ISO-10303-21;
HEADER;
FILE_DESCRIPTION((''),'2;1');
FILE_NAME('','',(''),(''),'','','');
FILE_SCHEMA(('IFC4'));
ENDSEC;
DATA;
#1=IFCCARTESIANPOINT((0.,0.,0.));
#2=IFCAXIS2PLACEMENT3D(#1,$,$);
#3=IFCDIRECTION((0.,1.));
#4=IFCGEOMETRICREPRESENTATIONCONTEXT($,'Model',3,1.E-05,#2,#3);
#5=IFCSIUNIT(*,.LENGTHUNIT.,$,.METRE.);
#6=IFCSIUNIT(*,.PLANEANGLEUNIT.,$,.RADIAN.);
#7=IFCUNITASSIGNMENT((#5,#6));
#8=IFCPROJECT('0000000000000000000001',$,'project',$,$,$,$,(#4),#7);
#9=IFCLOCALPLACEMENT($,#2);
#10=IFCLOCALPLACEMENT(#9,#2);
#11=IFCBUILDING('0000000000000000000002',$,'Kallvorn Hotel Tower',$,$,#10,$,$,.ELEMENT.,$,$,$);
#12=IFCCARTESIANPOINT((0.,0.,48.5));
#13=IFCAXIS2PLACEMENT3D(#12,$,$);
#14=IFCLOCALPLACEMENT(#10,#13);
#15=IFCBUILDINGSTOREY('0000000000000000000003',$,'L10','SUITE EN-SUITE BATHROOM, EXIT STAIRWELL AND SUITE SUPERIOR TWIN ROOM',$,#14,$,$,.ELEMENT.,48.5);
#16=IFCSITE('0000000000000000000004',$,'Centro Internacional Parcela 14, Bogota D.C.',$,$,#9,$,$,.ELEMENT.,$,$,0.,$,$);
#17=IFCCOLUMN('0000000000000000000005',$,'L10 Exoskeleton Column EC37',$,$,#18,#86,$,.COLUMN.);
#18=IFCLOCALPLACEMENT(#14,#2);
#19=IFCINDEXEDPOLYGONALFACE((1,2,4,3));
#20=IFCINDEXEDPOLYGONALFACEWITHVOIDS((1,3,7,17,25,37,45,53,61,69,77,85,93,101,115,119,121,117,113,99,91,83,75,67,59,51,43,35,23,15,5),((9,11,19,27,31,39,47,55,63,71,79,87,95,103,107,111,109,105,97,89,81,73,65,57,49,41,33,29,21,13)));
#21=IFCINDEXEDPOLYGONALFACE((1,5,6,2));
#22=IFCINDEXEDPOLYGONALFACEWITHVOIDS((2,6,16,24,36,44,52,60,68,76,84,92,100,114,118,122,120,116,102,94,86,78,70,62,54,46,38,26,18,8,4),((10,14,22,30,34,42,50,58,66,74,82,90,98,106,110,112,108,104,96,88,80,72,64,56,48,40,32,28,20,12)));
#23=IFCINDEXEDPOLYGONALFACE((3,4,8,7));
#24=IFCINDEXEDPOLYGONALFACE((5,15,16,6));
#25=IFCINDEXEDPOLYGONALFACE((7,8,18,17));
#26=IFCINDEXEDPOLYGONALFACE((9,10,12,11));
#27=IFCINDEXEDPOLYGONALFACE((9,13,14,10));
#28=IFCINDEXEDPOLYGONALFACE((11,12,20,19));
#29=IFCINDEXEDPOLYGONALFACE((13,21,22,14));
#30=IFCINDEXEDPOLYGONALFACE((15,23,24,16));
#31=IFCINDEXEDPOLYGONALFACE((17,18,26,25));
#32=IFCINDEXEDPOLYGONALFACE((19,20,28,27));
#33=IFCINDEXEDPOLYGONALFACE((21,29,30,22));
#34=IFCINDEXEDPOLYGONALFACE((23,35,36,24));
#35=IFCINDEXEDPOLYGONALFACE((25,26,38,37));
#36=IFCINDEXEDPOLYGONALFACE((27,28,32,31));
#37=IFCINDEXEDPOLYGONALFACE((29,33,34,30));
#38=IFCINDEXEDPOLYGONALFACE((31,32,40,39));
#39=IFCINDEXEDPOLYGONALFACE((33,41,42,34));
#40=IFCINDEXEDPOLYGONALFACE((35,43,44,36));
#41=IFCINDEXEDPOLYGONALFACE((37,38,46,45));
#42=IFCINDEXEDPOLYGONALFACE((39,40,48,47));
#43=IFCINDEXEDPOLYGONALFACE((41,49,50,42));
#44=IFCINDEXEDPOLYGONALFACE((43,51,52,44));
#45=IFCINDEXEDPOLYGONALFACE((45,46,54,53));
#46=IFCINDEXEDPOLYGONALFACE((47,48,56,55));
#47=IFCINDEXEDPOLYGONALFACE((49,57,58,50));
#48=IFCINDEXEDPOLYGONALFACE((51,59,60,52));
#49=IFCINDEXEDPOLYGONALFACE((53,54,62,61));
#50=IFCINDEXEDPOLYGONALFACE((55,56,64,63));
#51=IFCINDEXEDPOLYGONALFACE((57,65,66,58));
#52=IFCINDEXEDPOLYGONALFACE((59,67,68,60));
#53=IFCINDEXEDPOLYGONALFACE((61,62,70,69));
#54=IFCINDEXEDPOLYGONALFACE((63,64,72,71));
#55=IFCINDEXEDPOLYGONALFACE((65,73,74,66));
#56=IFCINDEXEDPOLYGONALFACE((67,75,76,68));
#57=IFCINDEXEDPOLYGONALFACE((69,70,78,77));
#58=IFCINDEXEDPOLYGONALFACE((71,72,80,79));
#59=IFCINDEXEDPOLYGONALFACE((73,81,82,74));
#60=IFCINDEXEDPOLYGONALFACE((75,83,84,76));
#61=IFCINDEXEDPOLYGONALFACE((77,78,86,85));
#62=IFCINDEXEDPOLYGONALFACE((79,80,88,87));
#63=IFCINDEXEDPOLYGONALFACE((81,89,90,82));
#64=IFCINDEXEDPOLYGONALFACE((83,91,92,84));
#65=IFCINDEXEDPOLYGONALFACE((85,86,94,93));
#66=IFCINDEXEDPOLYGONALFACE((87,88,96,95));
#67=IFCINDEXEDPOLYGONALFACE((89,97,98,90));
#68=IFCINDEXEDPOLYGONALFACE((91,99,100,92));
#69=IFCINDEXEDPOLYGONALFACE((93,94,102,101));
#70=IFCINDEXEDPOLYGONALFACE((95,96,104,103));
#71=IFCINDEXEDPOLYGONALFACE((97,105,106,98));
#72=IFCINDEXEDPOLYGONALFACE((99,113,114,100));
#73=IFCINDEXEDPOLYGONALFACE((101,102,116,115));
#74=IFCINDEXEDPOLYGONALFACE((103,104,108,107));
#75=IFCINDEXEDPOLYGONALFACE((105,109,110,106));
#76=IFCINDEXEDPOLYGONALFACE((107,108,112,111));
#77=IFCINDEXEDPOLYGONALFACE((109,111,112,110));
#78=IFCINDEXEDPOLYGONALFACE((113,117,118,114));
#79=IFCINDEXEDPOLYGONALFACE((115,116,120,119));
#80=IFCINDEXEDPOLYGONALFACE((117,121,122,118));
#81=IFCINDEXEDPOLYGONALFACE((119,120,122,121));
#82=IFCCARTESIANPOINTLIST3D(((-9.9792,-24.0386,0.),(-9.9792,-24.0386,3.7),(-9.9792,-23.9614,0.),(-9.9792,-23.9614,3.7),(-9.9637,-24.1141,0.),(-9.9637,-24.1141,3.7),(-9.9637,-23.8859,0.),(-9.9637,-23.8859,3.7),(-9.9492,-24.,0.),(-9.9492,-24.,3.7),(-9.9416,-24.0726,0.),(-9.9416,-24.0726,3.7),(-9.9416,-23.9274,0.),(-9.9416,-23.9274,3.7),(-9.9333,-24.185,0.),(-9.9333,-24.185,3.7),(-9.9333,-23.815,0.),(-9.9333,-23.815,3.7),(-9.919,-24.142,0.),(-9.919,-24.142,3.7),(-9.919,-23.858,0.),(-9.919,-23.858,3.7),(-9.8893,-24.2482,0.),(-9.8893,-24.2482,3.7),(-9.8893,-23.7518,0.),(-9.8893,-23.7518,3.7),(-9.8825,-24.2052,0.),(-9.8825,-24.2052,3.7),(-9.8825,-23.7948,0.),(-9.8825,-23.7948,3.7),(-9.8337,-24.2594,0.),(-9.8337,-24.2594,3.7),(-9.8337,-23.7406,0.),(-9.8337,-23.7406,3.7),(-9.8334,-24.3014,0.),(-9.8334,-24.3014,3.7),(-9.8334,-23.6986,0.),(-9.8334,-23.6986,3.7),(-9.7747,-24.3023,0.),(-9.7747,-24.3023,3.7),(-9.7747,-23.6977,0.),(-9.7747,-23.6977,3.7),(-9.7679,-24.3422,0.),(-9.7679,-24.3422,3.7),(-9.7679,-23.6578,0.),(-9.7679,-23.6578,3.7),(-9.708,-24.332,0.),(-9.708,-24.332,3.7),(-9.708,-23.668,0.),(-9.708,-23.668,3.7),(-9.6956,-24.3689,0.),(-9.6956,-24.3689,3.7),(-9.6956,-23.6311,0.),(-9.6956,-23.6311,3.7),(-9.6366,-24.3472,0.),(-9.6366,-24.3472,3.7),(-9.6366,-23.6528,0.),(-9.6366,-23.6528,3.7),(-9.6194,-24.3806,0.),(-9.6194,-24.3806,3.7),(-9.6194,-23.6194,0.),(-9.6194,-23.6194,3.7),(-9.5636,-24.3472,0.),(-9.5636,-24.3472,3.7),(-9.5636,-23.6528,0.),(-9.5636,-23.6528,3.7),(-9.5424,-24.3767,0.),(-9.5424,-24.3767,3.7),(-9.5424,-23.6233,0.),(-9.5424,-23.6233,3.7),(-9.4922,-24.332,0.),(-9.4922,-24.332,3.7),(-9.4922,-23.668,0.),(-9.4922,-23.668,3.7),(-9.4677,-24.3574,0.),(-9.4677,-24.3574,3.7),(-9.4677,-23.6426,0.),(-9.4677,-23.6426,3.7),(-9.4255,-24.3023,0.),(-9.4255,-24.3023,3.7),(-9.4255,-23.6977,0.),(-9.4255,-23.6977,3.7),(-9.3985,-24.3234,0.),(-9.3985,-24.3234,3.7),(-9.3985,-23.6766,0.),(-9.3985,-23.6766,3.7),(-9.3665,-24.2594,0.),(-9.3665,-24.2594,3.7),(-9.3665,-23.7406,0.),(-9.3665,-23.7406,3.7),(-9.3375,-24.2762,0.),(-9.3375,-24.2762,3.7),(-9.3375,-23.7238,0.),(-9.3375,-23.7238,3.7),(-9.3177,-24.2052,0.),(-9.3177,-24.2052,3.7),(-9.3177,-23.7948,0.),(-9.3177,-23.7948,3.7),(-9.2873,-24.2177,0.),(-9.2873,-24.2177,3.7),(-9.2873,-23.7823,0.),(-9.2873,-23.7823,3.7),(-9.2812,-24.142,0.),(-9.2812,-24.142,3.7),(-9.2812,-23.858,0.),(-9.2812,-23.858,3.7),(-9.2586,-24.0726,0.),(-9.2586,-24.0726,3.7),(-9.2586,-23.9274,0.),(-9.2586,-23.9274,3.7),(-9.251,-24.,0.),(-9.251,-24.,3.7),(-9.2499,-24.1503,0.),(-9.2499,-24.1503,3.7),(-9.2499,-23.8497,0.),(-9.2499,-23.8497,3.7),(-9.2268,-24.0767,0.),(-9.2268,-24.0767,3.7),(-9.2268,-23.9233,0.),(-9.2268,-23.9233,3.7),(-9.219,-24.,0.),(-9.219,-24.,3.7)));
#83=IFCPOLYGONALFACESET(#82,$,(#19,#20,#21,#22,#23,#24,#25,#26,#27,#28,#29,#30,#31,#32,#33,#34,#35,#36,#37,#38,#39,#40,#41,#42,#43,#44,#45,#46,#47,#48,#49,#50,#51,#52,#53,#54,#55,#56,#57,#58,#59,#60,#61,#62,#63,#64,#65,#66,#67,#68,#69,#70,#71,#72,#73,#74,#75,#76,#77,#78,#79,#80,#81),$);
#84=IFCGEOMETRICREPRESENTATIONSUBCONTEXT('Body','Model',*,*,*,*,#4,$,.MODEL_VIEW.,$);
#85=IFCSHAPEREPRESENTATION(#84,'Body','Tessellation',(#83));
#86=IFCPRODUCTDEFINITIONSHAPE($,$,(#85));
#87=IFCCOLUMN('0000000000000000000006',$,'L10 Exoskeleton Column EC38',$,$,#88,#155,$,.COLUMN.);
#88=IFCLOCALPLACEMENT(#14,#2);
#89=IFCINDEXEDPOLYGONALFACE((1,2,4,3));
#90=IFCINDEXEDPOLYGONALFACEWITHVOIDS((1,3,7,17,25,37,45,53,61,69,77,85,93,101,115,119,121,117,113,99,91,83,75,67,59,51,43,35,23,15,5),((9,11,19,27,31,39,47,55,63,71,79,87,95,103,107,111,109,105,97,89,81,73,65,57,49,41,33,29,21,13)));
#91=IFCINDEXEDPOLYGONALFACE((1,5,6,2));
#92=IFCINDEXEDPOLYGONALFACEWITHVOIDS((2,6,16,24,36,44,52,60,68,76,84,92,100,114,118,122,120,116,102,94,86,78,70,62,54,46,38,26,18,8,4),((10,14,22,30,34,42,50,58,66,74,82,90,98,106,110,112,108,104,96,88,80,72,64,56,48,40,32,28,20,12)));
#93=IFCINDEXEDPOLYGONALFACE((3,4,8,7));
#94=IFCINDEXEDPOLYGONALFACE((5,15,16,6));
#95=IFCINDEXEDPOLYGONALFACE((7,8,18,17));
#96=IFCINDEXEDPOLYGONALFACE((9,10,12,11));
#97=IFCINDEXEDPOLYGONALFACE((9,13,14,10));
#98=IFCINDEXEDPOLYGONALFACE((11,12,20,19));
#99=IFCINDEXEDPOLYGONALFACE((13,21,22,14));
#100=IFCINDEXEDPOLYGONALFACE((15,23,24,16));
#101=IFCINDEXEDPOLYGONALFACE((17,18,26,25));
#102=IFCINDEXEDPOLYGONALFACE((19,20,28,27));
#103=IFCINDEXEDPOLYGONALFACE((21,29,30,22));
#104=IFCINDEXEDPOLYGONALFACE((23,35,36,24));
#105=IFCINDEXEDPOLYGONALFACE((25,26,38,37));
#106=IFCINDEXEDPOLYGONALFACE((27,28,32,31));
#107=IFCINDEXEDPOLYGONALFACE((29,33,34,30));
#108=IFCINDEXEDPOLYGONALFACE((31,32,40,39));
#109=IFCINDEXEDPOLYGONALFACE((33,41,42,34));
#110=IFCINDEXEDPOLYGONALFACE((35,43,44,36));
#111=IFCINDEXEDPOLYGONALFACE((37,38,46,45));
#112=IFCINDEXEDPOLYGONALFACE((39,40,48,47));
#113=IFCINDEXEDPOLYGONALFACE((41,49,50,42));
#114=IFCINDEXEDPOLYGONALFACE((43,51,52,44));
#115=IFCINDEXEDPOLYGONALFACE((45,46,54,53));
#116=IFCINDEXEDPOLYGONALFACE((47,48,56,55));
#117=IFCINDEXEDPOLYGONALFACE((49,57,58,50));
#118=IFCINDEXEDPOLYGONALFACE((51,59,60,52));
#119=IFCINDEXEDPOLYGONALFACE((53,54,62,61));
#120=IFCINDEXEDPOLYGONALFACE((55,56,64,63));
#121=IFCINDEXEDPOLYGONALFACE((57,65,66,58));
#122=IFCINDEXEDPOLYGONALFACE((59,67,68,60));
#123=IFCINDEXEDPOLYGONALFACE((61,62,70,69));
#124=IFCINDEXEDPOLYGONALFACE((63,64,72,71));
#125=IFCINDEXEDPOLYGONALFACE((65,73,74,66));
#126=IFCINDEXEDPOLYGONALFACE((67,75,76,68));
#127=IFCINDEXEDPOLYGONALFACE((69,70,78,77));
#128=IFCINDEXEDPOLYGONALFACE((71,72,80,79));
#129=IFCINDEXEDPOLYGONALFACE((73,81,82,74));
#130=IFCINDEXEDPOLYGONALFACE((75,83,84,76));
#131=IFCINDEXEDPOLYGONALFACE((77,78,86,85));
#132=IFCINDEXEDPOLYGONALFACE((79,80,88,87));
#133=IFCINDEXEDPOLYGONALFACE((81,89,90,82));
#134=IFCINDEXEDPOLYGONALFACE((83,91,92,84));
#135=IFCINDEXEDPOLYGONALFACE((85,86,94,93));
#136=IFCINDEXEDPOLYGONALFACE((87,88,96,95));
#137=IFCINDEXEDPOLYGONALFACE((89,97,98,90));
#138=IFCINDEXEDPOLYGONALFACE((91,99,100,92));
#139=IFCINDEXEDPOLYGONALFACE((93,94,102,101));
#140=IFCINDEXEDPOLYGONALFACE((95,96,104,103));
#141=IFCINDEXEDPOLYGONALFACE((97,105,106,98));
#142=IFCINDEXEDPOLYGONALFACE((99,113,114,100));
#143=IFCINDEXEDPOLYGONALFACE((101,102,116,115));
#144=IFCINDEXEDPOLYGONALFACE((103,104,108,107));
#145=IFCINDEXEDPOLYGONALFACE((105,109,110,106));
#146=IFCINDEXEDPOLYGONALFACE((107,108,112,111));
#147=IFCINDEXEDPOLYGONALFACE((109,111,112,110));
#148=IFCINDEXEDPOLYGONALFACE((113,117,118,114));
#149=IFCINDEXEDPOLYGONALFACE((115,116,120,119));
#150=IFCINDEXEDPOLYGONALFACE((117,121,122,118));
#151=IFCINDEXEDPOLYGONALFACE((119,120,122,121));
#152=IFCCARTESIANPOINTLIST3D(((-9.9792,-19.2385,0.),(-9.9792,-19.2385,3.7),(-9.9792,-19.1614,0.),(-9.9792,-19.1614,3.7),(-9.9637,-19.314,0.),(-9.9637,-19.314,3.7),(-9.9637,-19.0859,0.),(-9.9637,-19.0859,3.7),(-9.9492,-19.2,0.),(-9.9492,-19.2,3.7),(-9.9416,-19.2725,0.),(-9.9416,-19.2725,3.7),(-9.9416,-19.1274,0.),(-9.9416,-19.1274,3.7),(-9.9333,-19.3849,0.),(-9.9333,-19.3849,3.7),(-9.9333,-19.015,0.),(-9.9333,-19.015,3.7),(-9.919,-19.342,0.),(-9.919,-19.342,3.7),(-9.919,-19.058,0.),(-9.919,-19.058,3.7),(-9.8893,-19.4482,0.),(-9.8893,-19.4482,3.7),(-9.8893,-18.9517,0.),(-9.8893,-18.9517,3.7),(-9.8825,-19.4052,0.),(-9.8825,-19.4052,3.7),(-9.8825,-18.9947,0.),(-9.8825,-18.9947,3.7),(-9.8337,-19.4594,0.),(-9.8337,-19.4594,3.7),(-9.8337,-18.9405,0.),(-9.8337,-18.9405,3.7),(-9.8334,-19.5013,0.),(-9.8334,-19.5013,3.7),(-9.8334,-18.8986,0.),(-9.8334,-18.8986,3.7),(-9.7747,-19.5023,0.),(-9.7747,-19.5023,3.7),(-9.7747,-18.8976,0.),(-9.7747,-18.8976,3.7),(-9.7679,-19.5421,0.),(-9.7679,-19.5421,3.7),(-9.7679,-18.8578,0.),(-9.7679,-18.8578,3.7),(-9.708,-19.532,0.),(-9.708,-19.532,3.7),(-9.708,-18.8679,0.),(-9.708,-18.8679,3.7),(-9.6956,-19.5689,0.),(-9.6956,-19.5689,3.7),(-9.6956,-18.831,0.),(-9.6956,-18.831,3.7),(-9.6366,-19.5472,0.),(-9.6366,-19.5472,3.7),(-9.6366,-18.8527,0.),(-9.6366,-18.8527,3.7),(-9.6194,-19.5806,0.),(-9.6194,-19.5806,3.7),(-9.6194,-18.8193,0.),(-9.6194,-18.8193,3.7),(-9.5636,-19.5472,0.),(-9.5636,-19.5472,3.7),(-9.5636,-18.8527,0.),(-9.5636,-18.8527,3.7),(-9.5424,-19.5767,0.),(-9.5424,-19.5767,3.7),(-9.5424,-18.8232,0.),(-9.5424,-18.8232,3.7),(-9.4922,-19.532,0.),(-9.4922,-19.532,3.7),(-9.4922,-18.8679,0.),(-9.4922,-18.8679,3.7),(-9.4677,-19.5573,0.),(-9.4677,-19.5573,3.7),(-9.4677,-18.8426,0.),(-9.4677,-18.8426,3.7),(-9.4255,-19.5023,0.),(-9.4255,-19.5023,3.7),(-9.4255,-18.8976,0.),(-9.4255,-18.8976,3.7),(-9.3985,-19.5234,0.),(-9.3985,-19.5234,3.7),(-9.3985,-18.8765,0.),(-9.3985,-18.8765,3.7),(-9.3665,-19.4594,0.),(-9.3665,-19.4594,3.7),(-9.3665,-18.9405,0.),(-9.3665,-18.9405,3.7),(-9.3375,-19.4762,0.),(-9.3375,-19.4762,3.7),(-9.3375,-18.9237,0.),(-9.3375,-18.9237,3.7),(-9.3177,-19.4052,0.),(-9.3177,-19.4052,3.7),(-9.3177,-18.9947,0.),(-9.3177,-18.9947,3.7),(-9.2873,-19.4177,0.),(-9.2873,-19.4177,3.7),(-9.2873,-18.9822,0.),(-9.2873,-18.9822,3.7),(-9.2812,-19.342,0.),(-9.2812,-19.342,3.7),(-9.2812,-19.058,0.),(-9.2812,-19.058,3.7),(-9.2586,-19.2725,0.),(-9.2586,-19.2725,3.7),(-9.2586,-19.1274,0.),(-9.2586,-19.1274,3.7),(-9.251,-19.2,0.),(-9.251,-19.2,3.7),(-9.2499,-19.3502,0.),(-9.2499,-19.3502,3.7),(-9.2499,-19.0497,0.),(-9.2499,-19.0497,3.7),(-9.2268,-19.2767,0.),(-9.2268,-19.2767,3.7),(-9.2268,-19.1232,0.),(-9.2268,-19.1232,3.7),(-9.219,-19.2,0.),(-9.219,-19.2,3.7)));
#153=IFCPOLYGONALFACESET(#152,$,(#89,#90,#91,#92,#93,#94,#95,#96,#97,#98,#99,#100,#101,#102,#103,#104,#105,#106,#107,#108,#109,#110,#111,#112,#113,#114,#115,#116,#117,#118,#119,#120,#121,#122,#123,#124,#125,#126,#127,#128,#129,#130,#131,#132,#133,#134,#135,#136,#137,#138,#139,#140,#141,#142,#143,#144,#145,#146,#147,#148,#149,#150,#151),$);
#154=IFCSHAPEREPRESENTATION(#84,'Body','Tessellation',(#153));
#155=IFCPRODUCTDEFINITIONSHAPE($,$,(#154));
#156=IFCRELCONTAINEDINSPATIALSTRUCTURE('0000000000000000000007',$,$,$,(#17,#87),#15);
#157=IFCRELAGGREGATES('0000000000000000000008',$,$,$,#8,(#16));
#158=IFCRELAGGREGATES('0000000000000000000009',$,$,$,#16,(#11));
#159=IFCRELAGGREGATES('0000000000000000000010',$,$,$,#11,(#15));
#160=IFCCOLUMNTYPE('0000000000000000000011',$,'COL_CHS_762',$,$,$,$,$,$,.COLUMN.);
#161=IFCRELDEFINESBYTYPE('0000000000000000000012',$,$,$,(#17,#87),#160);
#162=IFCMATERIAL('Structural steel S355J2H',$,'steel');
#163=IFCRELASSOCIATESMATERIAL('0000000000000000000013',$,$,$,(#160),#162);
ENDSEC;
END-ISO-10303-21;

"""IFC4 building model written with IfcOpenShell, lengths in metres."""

from ifc_helpers import new_model, si_unit, direction, frame, origin, origin_2d, place, context, subcontext, project, spatial, hollow_circle, extrude, material, material_profile, profile_set, type_object, element, save


model = new_model("IFC4")

# Units and contexts
model_context = context("Model", 3, precision=1e-05, world=origin(), true_north=direction((0.0, 1.0)))
body_context = subcontext(model_context, "Body", "Model", "MODEL_VIEW")
ifc_project = project(units=[si_unit("LENGTHUNIT", "METRE"), si_unit("PLANEANGLEUNIT", "RADIAN")], contexts=[model_context])

# Site, building, storey
site_placement = place(None, origin())
site = spatial("IfcSite", under=ifc_project, at=site_placement, Name="Centro Internacional Parcela 14, Bogota D.C.", CompositionType="ELEMENT", RefElevation=0.0)
building_placement = place(site_placement, origin())
building = spatial("IfcBuilding", under=site, at=building_placement, Name="Kallvorn Hotel Tower", CompositionType="ELEMENT")
storey_placement = place(building_placement, frame((0.0, 0.0, 48.5)))
storey = spatial("IfcBuildingStorey", under=building, at=storey_placement, Name="L10", Description="SUITE EN-SUITE BATHROOM, EXIT STAIRWELL AND SUITE SUPERIOR TWIN ROOM", CompositionType="ELEMENT", Elevation=48.5)

# Columns
ifc_material_1 = material(Name="Structural steel S355J2H", Category="steel")
ifc_material_profile_1 = material_profile(ifc_material_1, hollow_circle(Radius=0.3811, WallThickness=0.032, at=origin_2d()), Name="CHS 762x32")
ifc_profile_set_1 = profile_set([ifc_material_profile_1], Name="Structural steel S355J2H")
column_type_1 = type_object("IfcColumnType", Name="COL_CHS_762", PredefinedType="COLUMN", material=ifc_profile_set_1)
for number, where, z_axis, x_axis, name in (
    (1, (-9.6001, -24.0, 0.0), (0.0, 0.0, 1.0), (1.0, 0.0, 0.0), "L10 Exoskeleton Column EC37"),
    (2, (-9.6001, -19.2, 0.0), (0.0, 0.0, 1.0), (1.0, 0.0, 0.0), "L10 Exoskeleton Column EC38"),
):
    element("IfcColumn", number, at=place(storey_placement, frame(where, z_axis=z_axis, x_axis=x_axis)), inside=storey, type_object=column_type_1, Name=name, PredefinedType="COLUMN", context=body_context, shape_type="SweptSolid", body=[
        extrude(hollow_circle(Radius=0.3811, WallThickness=0.032, at=origin_2d()), origin(), (0.0, 0.0, 1.0), 3.7),
    ])

save(model, "model.ifc")
